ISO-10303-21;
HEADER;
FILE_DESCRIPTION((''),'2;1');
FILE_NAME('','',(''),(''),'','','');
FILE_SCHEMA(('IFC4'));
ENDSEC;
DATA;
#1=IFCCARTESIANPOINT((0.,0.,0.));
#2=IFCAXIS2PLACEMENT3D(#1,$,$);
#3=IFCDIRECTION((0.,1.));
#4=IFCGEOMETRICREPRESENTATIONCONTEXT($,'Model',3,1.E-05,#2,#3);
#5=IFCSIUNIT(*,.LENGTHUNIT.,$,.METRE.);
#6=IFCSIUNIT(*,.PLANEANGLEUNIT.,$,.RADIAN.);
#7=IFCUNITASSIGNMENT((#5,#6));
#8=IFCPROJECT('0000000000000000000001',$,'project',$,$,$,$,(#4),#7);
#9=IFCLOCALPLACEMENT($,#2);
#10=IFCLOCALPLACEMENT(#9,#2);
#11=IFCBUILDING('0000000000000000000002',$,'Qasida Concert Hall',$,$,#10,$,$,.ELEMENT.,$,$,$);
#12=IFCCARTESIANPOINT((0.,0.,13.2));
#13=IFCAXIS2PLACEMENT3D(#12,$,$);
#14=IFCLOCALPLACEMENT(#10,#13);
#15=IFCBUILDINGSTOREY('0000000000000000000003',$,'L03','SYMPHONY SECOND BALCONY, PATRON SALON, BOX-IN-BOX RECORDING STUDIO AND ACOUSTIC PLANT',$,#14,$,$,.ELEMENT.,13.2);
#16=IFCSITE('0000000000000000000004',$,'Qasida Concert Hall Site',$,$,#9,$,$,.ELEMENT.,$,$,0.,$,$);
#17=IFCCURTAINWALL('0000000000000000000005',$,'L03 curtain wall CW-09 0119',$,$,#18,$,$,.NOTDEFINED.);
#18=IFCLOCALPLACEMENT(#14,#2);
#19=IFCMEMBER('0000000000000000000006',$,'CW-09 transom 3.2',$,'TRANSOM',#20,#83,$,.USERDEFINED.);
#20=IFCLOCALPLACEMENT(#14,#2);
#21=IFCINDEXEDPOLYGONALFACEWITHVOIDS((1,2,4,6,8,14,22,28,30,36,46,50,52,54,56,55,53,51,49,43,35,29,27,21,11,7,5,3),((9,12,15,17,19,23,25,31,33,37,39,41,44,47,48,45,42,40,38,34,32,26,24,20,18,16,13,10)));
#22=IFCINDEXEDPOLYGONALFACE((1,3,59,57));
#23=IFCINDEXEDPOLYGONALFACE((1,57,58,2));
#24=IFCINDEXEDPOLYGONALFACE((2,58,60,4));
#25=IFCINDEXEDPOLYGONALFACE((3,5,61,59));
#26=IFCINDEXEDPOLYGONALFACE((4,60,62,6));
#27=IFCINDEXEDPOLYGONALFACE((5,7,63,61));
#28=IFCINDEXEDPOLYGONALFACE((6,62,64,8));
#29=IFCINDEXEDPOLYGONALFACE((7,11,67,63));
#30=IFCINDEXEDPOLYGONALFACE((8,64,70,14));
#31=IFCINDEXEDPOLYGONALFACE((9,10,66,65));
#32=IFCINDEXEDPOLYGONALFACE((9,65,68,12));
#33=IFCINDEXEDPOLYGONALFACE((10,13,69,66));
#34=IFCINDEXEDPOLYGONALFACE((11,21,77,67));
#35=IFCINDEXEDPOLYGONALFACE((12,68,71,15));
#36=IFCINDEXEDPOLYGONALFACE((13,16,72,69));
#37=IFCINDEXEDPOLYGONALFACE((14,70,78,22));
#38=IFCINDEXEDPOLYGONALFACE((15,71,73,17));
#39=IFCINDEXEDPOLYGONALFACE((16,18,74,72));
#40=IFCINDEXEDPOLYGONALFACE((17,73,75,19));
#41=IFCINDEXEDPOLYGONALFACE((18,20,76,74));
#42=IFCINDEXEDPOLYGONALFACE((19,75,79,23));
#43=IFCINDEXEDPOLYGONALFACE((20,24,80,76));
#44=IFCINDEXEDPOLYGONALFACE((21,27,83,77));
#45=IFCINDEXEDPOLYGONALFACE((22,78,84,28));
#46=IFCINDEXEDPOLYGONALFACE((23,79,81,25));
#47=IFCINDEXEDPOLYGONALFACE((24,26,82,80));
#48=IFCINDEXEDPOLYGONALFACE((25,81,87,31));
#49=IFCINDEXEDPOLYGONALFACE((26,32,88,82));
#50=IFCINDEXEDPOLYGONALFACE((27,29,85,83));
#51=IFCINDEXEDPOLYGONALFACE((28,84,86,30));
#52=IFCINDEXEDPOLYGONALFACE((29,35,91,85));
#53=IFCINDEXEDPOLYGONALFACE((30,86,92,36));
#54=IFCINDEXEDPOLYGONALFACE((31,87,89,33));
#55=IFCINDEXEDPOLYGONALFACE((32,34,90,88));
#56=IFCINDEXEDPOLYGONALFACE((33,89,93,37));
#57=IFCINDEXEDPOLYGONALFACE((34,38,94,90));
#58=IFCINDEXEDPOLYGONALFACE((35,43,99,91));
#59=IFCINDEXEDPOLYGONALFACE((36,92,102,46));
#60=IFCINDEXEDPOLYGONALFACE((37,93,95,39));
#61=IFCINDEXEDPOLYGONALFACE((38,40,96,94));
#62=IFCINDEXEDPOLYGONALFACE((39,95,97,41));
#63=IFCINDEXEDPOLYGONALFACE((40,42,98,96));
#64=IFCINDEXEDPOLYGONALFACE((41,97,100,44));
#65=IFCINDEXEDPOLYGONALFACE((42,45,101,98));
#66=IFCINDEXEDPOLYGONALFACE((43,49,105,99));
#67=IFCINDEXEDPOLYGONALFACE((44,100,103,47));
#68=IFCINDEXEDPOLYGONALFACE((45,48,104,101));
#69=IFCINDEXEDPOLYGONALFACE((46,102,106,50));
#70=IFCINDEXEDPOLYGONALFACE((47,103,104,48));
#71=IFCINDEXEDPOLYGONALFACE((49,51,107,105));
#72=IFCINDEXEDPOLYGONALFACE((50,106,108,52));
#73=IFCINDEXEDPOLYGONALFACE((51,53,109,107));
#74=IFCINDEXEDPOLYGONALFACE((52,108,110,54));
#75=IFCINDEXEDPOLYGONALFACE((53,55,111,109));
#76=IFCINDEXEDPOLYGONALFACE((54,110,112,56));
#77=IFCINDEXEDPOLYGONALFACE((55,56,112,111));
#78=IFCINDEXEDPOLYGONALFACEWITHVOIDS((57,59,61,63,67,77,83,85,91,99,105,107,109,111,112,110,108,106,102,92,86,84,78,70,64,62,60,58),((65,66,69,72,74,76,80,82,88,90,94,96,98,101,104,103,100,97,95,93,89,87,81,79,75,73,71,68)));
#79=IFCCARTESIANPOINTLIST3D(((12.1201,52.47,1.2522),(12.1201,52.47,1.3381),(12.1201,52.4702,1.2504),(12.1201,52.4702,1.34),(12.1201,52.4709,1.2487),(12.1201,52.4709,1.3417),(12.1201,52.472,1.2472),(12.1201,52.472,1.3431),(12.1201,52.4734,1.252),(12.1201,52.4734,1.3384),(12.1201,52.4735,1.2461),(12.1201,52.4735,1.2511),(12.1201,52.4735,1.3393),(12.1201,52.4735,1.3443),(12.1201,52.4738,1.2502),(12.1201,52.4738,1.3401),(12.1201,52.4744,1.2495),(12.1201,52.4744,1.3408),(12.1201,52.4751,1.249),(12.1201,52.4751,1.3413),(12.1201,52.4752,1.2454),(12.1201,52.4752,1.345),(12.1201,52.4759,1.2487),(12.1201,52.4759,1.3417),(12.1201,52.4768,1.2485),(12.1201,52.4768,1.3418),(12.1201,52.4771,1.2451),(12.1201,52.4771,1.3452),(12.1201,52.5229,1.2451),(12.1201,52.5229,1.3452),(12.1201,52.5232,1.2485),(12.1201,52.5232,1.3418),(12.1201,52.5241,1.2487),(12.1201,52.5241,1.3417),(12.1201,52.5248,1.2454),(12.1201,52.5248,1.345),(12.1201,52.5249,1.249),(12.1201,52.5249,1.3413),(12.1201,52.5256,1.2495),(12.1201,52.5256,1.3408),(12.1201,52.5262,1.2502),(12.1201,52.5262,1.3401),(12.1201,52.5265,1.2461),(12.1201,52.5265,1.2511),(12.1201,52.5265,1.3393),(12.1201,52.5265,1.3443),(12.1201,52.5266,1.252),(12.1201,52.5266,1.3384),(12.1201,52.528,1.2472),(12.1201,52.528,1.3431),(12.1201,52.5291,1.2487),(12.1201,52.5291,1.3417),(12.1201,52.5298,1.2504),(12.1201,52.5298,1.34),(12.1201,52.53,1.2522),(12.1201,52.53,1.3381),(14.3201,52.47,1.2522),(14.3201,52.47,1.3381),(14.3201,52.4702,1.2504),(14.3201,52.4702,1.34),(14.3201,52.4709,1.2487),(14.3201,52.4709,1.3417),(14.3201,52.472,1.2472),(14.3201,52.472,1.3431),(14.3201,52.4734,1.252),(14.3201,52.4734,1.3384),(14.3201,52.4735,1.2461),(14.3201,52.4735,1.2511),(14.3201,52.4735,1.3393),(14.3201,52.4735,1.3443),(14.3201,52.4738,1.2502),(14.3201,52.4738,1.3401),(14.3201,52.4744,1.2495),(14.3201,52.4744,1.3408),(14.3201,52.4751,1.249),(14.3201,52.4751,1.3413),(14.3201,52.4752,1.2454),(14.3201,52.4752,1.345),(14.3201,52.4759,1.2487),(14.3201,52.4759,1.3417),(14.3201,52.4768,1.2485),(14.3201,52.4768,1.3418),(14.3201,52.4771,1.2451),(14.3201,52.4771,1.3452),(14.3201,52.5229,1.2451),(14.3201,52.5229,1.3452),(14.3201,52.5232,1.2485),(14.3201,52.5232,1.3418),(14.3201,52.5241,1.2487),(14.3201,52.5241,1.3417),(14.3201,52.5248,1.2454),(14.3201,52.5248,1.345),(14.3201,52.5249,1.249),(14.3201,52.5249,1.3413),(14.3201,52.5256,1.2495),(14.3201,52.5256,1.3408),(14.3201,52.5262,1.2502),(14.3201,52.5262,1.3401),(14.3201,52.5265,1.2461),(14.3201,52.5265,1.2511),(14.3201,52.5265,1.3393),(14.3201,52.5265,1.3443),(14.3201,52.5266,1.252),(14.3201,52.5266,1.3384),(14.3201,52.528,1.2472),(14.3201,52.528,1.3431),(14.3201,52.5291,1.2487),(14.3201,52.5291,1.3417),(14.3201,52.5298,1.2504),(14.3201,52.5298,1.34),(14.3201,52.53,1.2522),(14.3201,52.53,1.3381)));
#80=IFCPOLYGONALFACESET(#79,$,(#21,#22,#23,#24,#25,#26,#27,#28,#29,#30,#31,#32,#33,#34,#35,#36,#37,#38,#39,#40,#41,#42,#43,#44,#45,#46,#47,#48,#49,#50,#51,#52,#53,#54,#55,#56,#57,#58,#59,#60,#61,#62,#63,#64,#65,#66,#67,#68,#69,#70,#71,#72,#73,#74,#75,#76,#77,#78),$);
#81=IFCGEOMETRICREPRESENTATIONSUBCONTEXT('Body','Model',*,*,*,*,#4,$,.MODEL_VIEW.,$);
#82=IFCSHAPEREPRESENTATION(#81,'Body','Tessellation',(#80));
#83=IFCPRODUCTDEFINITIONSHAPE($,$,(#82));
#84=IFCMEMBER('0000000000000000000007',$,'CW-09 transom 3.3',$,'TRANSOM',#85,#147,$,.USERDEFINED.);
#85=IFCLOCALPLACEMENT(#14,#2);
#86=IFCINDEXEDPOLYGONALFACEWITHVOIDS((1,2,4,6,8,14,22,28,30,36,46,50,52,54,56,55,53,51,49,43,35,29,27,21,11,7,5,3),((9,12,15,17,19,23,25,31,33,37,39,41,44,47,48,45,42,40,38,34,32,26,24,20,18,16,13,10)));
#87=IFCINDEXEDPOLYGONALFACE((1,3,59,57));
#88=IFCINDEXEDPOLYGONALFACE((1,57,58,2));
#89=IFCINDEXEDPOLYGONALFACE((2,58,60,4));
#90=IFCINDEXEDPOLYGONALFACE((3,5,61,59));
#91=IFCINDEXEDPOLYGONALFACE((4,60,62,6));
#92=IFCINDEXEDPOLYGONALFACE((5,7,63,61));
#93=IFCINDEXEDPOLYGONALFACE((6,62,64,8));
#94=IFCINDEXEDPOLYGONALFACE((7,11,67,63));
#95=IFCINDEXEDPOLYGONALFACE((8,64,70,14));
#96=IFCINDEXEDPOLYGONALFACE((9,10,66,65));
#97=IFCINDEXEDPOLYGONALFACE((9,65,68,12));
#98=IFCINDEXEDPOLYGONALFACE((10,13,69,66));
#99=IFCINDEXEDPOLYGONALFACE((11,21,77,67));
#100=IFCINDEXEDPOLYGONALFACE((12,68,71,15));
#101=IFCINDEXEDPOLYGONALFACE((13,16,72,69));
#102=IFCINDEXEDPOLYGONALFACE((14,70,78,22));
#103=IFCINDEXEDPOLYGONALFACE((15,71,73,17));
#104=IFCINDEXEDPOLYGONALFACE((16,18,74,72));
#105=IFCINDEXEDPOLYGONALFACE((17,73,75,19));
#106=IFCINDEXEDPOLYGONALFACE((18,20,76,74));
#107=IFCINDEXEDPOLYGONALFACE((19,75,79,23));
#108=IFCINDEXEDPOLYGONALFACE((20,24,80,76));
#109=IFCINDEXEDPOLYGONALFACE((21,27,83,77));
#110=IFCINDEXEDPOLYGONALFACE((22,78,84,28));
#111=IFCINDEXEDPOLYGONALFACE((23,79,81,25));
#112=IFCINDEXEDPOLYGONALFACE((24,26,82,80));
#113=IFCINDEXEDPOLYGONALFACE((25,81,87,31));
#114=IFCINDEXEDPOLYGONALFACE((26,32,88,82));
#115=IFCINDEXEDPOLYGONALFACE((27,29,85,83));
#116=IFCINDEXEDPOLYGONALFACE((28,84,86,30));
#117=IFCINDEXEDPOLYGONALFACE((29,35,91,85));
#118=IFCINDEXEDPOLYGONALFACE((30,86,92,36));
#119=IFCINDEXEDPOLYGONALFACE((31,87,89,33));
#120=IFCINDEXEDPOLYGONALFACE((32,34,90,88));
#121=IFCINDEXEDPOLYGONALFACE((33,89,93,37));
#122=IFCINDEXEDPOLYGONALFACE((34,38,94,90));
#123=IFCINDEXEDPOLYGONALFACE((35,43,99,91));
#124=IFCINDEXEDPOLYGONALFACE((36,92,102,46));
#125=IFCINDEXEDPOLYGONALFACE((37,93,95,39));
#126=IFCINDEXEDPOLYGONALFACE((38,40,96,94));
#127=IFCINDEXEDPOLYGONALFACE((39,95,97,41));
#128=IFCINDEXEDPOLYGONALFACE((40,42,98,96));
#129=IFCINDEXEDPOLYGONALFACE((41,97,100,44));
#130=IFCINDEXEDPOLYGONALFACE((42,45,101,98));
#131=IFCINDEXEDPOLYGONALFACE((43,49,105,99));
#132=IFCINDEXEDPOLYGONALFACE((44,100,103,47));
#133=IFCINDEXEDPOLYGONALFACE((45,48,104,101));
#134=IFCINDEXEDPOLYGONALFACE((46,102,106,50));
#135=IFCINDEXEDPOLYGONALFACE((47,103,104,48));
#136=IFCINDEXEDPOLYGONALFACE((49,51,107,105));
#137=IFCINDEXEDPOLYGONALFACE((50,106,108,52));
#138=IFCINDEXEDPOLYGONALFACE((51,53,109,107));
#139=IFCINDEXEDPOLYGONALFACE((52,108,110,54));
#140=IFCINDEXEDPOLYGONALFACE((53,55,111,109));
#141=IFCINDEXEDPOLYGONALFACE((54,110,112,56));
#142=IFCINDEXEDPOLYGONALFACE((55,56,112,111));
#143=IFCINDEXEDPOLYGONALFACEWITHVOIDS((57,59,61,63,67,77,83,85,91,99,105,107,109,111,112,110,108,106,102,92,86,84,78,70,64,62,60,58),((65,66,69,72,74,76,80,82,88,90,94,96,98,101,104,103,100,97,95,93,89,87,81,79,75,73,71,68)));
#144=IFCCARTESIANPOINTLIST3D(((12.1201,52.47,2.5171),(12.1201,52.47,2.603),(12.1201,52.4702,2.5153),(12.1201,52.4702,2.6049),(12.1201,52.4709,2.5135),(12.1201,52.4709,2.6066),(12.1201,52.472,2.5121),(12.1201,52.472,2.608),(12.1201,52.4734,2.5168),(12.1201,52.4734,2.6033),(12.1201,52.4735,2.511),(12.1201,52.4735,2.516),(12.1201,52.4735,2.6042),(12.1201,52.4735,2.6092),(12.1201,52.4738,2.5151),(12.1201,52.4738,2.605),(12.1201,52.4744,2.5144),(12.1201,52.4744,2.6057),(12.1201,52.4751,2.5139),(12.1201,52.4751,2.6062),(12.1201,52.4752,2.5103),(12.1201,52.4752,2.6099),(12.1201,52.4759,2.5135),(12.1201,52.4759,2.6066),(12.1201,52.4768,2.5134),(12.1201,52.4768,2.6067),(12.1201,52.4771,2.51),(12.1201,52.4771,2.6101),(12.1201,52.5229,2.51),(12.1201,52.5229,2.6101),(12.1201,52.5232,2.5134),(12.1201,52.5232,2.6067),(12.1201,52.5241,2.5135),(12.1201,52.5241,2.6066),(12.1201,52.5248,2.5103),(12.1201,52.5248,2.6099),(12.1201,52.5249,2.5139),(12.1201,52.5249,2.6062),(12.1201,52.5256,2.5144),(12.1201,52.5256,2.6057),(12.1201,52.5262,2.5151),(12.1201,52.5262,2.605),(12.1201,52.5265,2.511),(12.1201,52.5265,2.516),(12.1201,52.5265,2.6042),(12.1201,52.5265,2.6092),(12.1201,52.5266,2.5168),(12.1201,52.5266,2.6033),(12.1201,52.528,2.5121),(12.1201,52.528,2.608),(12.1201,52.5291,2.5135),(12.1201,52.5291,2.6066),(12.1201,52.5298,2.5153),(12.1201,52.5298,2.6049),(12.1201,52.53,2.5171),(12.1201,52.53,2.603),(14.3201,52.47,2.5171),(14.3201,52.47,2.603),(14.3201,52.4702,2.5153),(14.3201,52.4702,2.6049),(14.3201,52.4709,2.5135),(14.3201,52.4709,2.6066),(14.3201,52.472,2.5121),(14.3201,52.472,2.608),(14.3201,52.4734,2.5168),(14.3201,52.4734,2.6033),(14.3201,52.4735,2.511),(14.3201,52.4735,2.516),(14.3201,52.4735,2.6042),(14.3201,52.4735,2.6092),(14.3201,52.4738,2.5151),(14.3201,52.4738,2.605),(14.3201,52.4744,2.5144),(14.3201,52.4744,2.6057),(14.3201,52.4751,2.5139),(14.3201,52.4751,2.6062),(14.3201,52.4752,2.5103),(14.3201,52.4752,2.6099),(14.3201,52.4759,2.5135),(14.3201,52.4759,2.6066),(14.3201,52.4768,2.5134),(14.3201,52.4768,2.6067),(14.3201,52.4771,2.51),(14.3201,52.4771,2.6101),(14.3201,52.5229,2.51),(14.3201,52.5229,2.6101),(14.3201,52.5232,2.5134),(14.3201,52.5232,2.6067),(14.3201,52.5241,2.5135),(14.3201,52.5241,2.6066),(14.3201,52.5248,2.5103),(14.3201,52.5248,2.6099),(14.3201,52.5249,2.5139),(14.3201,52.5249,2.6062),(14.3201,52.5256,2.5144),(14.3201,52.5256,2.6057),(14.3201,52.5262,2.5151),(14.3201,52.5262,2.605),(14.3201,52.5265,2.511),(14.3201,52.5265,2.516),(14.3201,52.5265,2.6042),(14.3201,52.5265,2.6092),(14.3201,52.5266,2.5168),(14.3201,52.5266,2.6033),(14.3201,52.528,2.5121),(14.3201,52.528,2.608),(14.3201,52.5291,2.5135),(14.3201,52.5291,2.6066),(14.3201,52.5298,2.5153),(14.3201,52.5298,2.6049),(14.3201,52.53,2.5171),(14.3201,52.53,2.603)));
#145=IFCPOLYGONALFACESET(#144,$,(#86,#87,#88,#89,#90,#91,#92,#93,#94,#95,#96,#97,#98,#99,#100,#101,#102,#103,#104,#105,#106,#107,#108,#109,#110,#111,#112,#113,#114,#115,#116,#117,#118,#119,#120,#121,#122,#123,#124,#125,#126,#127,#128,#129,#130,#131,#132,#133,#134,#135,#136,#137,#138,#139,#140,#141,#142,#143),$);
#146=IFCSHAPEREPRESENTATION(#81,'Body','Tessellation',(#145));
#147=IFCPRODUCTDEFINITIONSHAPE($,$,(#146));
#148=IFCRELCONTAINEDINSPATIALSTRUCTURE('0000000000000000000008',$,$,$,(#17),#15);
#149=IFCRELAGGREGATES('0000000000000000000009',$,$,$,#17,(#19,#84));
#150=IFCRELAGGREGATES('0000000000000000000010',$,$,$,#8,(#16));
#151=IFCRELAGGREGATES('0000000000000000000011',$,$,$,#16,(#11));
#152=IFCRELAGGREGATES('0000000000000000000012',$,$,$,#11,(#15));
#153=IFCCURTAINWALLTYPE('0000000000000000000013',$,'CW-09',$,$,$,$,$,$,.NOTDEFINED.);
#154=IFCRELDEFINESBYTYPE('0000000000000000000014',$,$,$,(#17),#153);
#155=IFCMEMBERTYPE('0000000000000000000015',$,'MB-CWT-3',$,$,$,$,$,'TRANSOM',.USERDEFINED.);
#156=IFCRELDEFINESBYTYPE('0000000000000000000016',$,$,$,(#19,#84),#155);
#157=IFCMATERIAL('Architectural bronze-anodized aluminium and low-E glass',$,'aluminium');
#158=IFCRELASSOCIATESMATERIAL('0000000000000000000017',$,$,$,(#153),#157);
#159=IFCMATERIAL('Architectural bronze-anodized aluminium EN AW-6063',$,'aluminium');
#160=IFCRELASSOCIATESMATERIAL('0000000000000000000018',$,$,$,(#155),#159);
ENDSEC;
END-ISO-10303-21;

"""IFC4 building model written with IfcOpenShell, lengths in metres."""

from ifc_helpers import new_model, si_unit, direction, frame, origin, origin_2d, place, context, subcontext, project, spatial, hollow_rectangle, extrude, material, material_profile, profile_set, type_object, element, aggregate, save


model = new_model("IFC4")

# Units and contexts
model_context = context("Model", 3, precision=1e-05, world=origin(), true_north=direction((0.0, 1.0)))
body_context = subcontext(model_context, "Body", "Model", "MODEL_VIEW")
ifc_project = project(units=[si_unit("LENGTHUNIT", "METRE"), si_unit("PLANEANGLEUNIT", "RADIAN")], contexts=[model_context])

# Site, building, storey
site_placement = place(None, origin())
site = spatial("IfcSite", under=ifc_project, at=site_placement, Name="Qasida Concert Hall Site", CompositionType="ELEMENT", RefElevation=0.0)
building_placement = place(site_placement, origin())
building = spatial("IfcBuilding", under=site, at=building_placement, Name="Qasida Concert Hall", CompositionType="ELEMENT")
storey_placement = place(building_placement, frame((0.0, 0.0, 13.2)))
storey = spatial("IfcBuildingStorey", under=building, at=storey_placement, Name="L03", Description="SYMPHONY SECOND BALCONY, PATRON SALON, BOX-IN-BOX RECORDING STUDIO AND ACOUSTIC PLANT", CompositionType="ELEMENT", Elevation=13.2)

# Curtain wall
ifc_material_1 = material(Name="Architectural bronze-anodized aluminium and low-E glass", Category="aluminium")
curtain_wall_type = type_object("IfcCurtainWallType", Name="CW-09", PredefinedType="NOTDEFINED", material=ifc_material_1)
curtain_wall_1_placement = place(storey_placement, origin())
curtain_wall_1 = element("IfcCurtainWall", 1, at=curtain_wall_1_placement, inside=storey, type_object=curtain_wall_type, Name="L03 curtain wall CW-09 0119", PredefinedType="NOTDEFINED")
ifc_material_2 = material(Name="Architectural bronze-anodized aluminium EN AW-6063", Category="aluminium")

# Members
ifc_material_profile_1 = material_profile(ifc_material_2, hollow_rectangle(XDim=0.0601, YDim=0.1001, WallThickness=0.0034, InnerFilletRadius=0.0034, OuterFilletRadius=0.0071, at=origin_2d()), Name="CWT 100x60x3.5")
ifc_profile_set_1 = profile_set([ifc_material_profile_1], Name="Architectural bronze-anodized aluminium EN AW-6063")
member_type_1 = type_object("IfcMemberType", Name="MB-CWT-3", ElementType="TRANSOM", PredefinedType="USERDEFINED", material=ifc_profile_set_1)
member_1_placement = place(storey_placement, frame((12.1201, 52.5, 1.2952), z_axis=(1.0, 0.0, 0.0), x_axis=(0.0, 1.0, 0.0)))
member_1 = element("IfcMember", 2, at=member_1_placement, type_object=member_type_1, Name="CW-09 transom 3.2", ObjectType="TRANSOM", PredefinedType="USERDEFINED", context=body_context, shape_type="SweptSolid", body=[
    extrude(hollow_rectangle(XDim=0.0601, YDim=0.1001, WallThickness=0.0034, InnerFilletRadius=0.0034, OuterFilletRadius=0.0071, at=origin_2d()), origin(), (0.0, 0.0, 1.0), 2.2),
])
member_2_placement = place(storey_placement, frame((12.1201, 52.5, 2.5601), z_axis=(1.0, 0.0, 0.0), x_axis=(0.0, 1.0, 0.0)))
member_2 = element("IfcMember", 3, at=member_2_placement, type_object=member_type_1, Name="CW-09 transom 3.3", ObjectType="TRANSOM", PredefinedType="USERDEFINED", context=body_context, shape_type="SweptSolid", body=[
    extrude(hollow_rectangle(XDim=0.0601, YDim=0.1001, WallThickness=0.0034, InnerFilletRadius=0.0034, OuterFilletRadius=0.0071, at=origin_2d()), origin(), (0.0, 0.0, 1.0), 2.2),
])

aggregate(curtain_wall_1, [member_1, member_2])

save(model, "model.ifc")
